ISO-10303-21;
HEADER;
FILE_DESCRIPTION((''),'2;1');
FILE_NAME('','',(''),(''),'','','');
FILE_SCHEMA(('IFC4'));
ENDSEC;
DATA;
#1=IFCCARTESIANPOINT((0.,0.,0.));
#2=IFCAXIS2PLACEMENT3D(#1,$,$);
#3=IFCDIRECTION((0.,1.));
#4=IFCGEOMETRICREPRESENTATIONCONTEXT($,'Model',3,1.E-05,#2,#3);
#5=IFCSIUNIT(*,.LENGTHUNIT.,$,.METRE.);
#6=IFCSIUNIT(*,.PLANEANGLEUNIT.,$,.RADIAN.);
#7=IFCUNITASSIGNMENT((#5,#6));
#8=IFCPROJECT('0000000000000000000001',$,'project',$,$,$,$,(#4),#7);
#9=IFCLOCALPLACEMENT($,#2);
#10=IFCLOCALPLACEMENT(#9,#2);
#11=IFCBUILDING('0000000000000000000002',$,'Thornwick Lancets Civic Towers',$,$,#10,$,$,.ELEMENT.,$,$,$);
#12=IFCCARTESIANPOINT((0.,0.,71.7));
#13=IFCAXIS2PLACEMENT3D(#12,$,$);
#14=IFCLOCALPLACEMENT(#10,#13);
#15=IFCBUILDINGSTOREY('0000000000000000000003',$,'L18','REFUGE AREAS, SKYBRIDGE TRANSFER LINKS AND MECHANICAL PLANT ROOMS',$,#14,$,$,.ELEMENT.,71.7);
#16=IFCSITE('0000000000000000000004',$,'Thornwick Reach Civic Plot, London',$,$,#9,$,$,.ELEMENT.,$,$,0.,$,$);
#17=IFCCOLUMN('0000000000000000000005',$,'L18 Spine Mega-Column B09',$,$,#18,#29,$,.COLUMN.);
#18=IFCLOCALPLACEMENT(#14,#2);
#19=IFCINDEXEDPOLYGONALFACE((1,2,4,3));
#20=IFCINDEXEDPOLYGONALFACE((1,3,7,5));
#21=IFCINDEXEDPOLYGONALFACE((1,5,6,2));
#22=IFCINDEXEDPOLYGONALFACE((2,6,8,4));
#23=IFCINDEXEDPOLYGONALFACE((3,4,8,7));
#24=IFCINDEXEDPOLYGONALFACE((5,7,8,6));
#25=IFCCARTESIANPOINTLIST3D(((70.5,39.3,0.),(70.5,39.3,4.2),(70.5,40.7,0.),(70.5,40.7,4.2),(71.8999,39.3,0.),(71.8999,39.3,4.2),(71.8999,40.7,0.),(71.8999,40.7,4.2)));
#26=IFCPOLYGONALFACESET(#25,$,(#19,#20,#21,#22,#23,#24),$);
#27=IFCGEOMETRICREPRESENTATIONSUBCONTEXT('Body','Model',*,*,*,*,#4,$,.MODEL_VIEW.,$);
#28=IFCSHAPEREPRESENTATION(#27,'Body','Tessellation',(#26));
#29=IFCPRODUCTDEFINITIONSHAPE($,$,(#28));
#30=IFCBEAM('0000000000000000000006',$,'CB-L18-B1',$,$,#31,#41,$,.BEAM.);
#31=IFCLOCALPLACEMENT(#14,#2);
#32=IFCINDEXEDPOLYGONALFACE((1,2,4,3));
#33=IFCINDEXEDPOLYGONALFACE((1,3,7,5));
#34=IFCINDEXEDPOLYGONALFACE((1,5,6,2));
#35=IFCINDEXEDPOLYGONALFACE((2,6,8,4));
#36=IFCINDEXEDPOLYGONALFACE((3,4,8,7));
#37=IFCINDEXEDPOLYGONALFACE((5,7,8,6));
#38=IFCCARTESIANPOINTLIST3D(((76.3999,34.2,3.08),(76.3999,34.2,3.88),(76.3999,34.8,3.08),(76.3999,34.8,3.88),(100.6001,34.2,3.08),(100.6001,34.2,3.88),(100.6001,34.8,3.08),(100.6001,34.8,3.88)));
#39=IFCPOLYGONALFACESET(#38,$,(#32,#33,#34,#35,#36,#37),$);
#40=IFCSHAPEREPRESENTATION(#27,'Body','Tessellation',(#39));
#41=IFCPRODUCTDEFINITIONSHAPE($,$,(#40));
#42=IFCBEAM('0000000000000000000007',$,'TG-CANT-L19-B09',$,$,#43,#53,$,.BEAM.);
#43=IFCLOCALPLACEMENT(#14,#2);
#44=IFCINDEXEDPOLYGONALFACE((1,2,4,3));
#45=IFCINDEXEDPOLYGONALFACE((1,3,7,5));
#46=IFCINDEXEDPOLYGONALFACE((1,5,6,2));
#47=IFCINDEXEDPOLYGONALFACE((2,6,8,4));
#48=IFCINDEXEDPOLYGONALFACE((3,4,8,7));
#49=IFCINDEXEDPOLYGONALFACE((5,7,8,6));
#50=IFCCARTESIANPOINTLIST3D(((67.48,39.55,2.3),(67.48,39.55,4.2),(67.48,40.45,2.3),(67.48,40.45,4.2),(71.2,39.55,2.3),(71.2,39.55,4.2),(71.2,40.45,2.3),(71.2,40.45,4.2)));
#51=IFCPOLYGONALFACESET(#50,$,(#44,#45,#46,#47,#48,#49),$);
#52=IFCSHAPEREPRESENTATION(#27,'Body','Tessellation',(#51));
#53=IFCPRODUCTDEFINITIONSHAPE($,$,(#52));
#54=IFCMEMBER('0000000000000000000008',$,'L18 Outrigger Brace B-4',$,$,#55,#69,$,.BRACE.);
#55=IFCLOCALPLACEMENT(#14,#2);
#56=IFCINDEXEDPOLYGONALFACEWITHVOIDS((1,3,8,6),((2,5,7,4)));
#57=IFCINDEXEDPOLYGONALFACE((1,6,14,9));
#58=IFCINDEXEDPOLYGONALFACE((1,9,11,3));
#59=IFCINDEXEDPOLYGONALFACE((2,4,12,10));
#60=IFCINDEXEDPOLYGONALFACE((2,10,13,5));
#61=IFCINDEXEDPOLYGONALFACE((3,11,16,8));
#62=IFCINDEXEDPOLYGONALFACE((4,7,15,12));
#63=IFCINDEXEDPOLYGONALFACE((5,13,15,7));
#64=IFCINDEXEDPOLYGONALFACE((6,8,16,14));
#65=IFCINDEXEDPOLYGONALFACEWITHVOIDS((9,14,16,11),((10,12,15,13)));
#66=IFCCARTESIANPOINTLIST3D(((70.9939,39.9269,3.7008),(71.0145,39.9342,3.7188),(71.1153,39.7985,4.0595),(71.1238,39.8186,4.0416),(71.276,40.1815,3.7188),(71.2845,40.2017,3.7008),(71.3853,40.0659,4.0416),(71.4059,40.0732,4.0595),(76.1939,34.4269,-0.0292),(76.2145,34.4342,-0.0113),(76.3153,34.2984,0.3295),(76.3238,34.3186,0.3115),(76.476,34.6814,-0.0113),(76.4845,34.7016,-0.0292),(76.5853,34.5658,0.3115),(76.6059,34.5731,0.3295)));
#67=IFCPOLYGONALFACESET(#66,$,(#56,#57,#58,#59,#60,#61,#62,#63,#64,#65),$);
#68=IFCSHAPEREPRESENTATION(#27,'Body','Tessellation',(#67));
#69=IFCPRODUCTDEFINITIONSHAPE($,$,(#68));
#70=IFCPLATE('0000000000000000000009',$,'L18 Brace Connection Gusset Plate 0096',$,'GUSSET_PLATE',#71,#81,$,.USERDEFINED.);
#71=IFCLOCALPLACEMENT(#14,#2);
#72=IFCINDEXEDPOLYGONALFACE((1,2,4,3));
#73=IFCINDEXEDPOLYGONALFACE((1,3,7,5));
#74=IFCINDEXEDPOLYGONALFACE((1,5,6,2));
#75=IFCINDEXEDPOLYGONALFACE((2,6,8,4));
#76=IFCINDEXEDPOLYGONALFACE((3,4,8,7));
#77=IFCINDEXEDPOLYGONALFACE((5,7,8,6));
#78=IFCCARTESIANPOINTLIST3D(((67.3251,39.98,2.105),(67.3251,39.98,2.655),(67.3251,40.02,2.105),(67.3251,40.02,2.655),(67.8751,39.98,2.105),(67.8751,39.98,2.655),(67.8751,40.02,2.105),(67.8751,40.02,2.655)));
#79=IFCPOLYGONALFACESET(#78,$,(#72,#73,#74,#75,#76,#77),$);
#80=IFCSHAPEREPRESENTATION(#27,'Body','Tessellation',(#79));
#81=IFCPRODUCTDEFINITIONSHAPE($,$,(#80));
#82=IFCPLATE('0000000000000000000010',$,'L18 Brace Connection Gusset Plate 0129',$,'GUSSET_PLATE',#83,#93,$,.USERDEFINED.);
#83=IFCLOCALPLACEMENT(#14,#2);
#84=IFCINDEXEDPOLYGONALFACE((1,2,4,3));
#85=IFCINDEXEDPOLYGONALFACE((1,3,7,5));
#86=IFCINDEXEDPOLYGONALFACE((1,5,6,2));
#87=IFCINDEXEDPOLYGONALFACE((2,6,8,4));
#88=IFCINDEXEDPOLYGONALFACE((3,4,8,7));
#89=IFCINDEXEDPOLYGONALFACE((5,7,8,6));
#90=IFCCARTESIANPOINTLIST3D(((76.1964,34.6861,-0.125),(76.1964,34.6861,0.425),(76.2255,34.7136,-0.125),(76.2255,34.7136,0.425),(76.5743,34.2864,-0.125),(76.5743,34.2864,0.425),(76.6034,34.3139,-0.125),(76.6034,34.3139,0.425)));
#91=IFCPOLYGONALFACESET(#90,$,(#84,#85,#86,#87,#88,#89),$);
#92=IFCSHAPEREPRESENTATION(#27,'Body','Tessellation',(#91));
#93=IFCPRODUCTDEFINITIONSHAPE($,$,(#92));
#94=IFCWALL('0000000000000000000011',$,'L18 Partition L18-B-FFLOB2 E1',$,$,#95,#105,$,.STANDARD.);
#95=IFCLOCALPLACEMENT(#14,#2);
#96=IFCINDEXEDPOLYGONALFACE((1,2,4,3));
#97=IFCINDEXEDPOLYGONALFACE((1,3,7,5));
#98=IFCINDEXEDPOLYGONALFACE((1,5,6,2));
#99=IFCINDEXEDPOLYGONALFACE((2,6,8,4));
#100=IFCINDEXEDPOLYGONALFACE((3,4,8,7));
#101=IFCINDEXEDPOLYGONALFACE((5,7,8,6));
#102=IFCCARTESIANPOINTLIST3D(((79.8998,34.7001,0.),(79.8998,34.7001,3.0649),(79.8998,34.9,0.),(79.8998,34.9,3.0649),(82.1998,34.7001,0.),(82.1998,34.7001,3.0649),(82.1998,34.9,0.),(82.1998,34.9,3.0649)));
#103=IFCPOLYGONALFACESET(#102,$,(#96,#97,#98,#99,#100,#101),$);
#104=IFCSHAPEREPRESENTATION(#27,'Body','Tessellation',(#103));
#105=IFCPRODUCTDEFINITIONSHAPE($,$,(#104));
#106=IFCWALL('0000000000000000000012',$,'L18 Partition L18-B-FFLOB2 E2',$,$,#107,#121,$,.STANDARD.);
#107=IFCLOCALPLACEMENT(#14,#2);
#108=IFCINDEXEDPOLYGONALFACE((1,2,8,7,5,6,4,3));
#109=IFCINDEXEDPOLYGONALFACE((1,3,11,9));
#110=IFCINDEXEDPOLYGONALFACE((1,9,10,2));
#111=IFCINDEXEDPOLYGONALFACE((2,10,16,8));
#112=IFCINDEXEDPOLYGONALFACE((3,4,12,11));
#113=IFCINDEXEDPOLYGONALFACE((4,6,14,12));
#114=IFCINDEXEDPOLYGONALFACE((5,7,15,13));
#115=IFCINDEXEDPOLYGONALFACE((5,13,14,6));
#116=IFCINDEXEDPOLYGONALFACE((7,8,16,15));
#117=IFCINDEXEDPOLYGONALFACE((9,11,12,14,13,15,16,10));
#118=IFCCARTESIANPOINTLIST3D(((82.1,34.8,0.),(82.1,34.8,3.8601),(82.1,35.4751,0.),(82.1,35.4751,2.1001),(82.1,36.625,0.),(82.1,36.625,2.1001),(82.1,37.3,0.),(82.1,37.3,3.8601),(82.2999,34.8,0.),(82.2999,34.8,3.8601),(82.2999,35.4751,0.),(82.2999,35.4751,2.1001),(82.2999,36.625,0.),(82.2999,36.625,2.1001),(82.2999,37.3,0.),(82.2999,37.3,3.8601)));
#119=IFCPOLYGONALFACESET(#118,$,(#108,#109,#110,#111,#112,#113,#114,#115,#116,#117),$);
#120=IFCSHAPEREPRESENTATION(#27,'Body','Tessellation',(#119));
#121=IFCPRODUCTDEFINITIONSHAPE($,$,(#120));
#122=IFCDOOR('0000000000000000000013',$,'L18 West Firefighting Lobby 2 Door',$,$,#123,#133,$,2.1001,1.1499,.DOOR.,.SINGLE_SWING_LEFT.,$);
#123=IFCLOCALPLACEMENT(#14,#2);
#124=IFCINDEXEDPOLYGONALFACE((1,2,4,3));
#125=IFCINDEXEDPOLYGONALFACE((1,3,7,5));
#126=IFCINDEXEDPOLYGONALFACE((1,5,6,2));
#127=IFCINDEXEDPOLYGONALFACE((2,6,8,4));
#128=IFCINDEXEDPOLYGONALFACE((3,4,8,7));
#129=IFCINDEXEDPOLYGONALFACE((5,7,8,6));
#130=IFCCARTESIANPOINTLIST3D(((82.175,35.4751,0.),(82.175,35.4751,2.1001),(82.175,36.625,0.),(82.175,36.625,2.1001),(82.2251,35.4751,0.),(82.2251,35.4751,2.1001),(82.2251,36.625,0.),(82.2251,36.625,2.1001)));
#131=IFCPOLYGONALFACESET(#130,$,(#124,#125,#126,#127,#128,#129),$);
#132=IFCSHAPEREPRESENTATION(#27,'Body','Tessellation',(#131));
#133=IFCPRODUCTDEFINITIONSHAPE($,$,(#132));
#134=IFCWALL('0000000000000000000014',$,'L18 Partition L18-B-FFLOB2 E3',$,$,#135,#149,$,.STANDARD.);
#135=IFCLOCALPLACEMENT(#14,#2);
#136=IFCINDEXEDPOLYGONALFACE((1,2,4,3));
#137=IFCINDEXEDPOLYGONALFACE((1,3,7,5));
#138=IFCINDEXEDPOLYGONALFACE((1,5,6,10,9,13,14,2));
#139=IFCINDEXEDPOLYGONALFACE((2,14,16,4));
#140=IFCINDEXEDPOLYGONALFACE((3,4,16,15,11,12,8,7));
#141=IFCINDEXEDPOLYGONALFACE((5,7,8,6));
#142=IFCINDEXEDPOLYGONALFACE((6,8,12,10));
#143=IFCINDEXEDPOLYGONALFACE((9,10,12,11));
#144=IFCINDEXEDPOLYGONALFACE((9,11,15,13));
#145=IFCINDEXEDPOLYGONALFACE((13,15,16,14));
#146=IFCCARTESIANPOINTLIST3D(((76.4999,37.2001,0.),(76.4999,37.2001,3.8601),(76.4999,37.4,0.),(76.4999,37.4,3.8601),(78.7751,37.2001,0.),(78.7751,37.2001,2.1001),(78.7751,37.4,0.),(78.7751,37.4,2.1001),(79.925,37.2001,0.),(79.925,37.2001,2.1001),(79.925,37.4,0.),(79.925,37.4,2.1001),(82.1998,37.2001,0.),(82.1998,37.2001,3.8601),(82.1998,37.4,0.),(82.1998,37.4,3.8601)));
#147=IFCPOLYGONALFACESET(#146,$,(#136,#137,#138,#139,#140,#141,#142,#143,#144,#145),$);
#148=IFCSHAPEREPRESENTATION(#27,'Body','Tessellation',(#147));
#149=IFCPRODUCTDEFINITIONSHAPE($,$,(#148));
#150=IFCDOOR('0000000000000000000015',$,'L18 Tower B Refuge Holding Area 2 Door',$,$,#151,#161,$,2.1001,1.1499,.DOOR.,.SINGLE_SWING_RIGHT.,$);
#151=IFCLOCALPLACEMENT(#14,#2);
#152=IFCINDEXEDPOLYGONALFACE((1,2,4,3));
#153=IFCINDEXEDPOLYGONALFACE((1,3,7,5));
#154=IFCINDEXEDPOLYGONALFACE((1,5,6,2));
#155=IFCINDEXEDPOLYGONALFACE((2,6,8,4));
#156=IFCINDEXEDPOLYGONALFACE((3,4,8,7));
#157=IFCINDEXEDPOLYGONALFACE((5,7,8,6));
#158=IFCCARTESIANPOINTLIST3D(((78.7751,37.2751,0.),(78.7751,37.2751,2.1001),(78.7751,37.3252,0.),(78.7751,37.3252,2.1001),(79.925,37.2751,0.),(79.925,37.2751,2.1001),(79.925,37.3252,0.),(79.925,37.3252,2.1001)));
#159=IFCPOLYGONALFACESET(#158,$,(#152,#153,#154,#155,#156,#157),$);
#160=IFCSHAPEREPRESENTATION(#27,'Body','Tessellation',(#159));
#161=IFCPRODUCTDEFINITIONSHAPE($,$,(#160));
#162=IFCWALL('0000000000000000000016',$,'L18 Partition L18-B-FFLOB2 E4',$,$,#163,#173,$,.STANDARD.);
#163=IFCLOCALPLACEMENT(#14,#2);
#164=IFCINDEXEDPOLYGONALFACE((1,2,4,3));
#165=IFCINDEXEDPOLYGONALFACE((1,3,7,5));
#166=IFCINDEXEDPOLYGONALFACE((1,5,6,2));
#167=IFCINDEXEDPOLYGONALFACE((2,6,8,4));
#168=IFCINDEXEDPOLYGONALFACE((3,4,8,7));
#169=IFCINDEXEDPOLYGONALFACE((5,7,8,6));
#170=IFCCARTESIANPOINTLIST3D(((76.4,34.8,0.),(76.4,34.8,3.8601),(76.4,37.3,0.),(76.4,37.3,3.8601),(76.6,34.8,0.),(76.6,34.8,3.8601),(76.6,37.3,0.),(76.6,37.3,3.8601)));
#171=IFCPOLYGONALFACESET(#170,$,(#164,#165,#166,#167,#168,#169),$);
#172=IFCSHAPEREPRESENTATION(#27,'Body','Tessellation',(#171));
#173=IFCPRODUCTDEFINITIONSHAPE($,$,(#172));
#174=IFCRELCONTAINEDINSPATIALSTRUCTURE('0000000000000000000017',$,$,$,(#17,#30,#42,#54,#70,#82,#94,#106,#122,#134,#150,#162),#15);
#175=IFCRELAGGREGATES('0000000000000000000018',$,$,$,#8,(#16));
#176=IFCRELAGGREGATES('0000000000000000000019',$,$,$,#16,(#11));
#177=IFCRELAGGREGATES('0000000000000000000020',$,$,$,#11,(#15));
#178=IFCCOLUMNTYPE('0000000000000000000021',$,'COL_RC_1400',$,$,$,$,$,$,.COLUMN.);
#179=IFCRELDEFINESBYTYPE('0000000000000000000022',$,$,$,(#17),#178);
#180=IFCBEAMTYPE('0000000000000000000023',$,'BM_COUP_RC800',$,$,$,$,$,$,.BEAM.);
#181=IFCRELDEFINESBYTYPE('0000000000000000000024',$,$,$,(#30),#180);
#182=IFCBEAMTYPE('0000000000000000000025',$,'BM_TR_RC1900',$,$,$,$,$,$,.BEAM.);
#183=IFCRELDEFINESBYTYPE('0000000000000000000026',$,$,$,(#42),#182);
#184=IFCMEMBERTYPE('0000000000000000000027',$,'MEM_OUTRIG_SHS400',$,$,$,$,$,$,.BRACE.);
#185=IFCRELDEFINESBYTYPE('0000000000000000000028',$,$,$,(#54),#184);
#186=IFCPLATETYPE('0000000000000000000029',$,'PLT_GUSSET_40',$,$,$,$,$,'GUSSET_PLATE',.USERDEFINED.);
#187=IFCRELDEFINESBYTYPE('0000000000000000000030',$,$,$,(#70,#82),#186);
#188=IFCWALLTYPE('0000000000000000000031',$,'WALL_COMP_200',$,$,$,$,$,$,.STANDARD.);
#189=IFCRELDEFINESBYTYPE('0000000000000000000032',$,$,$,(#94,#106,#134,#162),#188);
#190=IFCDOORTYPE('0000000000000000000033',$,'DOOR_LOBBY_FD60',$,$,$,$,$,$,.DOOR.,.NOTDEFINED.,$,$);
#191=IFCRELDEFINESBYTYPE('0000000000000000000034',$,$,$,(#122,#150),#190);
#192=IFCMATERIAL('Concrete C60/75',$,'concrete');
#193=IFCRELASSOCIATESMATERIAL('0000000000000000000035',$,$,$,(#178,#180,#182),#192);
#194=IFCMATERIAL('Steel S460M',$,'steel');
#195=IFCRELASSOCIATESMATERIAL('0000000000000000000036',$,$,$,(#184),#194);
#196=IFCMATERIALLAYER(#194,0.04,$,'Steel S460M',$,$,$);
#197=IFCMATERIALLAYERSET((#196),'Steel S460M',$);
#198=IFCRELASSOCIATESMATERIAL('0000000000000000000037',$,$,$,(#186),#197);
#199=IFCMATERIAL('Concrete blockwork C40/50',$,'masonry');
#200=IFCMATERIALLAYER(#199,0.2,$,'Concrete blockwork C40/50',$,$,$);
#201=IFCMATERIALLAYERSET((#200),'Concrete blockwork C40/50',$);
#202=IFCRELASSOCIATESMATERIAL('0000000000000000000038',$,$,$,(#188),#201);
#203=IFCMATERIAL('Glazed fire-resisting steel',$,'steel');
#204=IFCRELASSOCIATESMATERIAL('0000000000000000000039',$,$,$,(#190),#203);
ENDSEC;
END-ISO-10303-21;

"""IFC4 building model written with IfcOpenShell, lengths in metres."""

from ifc_helpers import new_model, si_unit, direction, frame, frame_2d, origin, origin_2d, place, context, subcontext, project, spatial, rectangle, hollow_rectangle, extrude, material, layer, layer_set, material_profile, profile_set, type_object, element, fill, save


model = new_model("IFC4")

# Units and contexts
model_context = context("Model", 3, precision=1e-05, world=origin(), true_north=direction((0.0, 1.0)))
body_context = subcontext(model_context, "Body", "Model", "MODEL_VIEW")
ifc_project = project(units=[si_unit("LENGTHUNIT", "METRE"), si_unit("PLANEANGLEUNIT", "RADIAN")], contexts=[model_context])

# Site, building, storey
site_placement = place(None, origin())
site = spatial("IfcSite", under=ifc_project, at=site_placement, Name="Thornwick Reach Civic Plot, London", CompositionType="ELEMENT", RefElevation=0.0)
building_placement = place(site_placement, origin())
building = spatial("IfcBuilding", under=site, at=building_placement, Name="Thornwick Lancets Civic Towers", CompositionType="ELEMENT")
storey_placement = place(building_placement, frame((0.0, 0.0, 71.7)))
storey = spatial("IfcBuildingStorey", under=building, at=storey_placement, Name="L18", Description="REFUGE AREAS, SKYBRIDGE TRANSFER LINKS AND MECHANICAL PLANT ROOMS", CompositionType="ELEMENT", Elevation=71.7)

# Column
ifc_material_1 = material(Name="Concrete C60/75", Category="concrete")
ifc_material_profile_1 = material_profile(ifc_material_1, rectangle(XDim=1.3999, YDim=1.3999, at=origin_2d()), Name="RC 1400x1400")
ifc_profile_set_1 = profile_set([ifc_material_profile_1], Name="Concrete C60/75")
column_type = type_object("IfcColumnType", Name="COL_RC_1400", PredefinedType="COLUMN", material=ifc_profile_set_1)
column_placement = place(storey_placement, frame((71.2, 40.0, 0.0), z_axis=(0.0, 0.0, 1.0), x_axis=(1.0, 0.0, 0.0)))
element("IfcColumn", 1, at=column_placement, inside=storey, type_object=column_type, Name="L18 Spine Mega-Column B09", PredefinedType="COLUMN", context=body_context, shape_type="SweptSolid", body=[
    extrude(rectangle(XDim=1.3999, YDim=1.3999, at=origin_2d()), origin(), (0.0, 0.0, 1.0), 4.2),
])

# Beams
ifc_material_profile_2 = material_profile(ifc_material_1, rectangle(XDim=0.6001, YDim=0.8, at=origin_2d()), Name="RC 600x800")
ifc_profile_set_2 = profile_set([ifc_material_profile_2], Name="Concrete C60/75")
beam_type_1 = type_object("IfcBeamType", Name="BM_COUP_RC800", PredefinedType="BEAM", material=ifc_profile_set_2)
beam_1_placement = place(storey_placement, frame((76.3999, 34.5, 3.48), z_axis=(1.0, 0.0, 0.0), x_axis=(0.0, 1.0, 0.0)))
element("IfcBeam", 2, at=beam_1_placement, inside=storey, type_object=beam_type_1, Name="CB-L18-B1", PredefinedType="BEAM", context=body_context, shape_type="SweptSolid", body=[
    extrude(rectangle(XDim=0.6001, YDim=0.8, at=origin_2d()), origin(), (0.0, 0.0, 1.0), 24.2002),
])
ifc_material_profile_3 = material_profile(ifc_material_1, rectangle(XDim=0.8999, YDim=1.8999, at=origin_2d()), Name="RC 900x1900")
ifc_profile_set_3 = profile_set([ifc_material_profile_3], Name="Concrete C60/75")
beam_type_2 = type_object("IfcBeamType", Name="BM_TR_RC1900", PredefinedType="BEAM", material=ifc_profile_set_3)
beam_2_placement = place(storey_placement, frame((71.2, 40.0, 3.25), z_axis=(-1.0, 0.0, 0.0), x_axis=(0.0, -1.0, 0.0)))
element("IfcBeam", 3, at=beam_2_placement, inside=storey, type_object=beam_type_2, Name="TG-CANT-L19-B09", PredefinedType="BEAM", context=body_context, shape_type="SweptSolid", body=[
    extrude(rectangle(XDim=0.8999, YDim=1.8999, at=origin_2d()), origin(), (0.0, 0.0, 1.0), 3.72),
])

# Member
ifc_material_2 = material(Name="Steel S460M", Category="steel")
ifc_material_profile_4 = material_profile(ifc_material_2, hollow_rectangle(XDim=0.3999, YDim=0.3999, WallThickness=0.02, at=origin_2d()), Name="SHS 400x400x20")
ifc_profile_set_4 = profile_set([ifc_material_profile_4], Name="Steel S460M")
member_type = type_object("IfcMemberType", Name="MEM_OUTRIG_SHS400", PredefinedType="BRACE", material=ifc_profile_set_4)
member_placement = place(storey_placement, frame((76.3999, 34.5, 0.1501), z_axis=(-0.616244, 0.651802, 0.442038), x_axis=(-0.72665, -0.687008, 0.0)))
element("IfcMember", 4, at=member_placement, inside=storey, type_object=member_type, Name="L18 Outrigger Brace B-4", PredefinedType="BRACE", context=body_context, shape_type="SweptSolid", body=[
    extrude(hollow_rectangle(XDim=0.3999, YDim=0.3999, WallThickness=0.02, at=origin_2d()), origin(), (0.0, 0.0, 1.0), 8.4382),
])

# Plates
ifc_layer_1 = layer(ifc_material_2, 0.04, Name="Steel S460M")
ifc_layer_set_1 = layer_set([ifc_layer_1], Name="Steel S460M")
plate_type = type_object("IfcPlateType", Name="PLT_GUSSET_40", ElementType="GUSSET_PLATE", PredefinedType="USERDEFINED", material=ifc_layer_set_1)
for number, where, z_axis, x_axis, name in (
    (5, (67.6001, 40.0, 2.105), (0.0, 0.0, 1.0), (-1.0, 0.0, 0.0), "L18 Brace Connection Gusset Plate 0096"),
    (6, (76.3999, 34.5, -0.125), (0.0, 0.0, 1.0), (-0.686961, 0.726695, 0.0), "L18 Brace Connection Gusset Plate 0129"),
):
    element("IfcPlate", number, at=place(storey_placement, frame(where, z_axis=z_axis, x_axis=x_axis)), inside=storey, type_object=plate_type, Name=name, ObjectType="GUSSET_PLATE", PredefinedType="USERDEFINED", context=body_context, shape_type="SweptSolid", body=[
        extrude(rectangle(XDim=0.55, YDim=0.04, at=origin_2d()), origin(), (0.0, 0.0, 1.0), 0.55),
    ])

# Wall
ifc_material_3 = material(Name="Concrete blockwork C40/50", Category="masonry")
ifc_layer_2 = layer(ifc_material_3, 0.2, Name="Concrete blockwork C40/50")
ifc_layer_set_2 = layer_set([ifc_layer_2], Name="Concrete blockwork C40/50")
wall_type_1 = type_object("IfcWallType", Name="WALL_COMP_200", PredefinedType="STANDARD", material=ifc_layer_set_2)
wall_1_placement = place(storey_placement, frame((79.8999, 34.8, 0.0), z_axis=(0.0, 0.0, 1.0), x_axis=(1.0, 0.0, 0.0)))
element("IfcWall", 7, at=wall_1_placement, inside=storey, type_object=wall_type_1, Name="L18 Partition L18-B-FFLOB2 E1", PredefinedType="STANDARD", context=body_context, shape_type="SweptSolid", body=[
    extrude(rectangle(XDim=2.3, YDim=0.2, at=frame_2d((1.1499, 0.0))), origin(), (0.0, 0.0, 1.0), 3.0649),
])

# Walls, openings, doors
wall_2_placement = place(storey_placement, frame((82.2, 34.8, 0.0), z_axis=(0.0, 0.0, 1.0), x_axis=(0.0, 1.0, 0.0)))
wall_2 = element("IfcWall", 8, at=wall_2_placement, inside=storey, type_object=wall_type_1, Name="L18 Partition L18-B-FFLOB2 E2", PredefinedType="STANDARD", context=body_context, shape_type="SweptSolid", body=[
    extrude(rectangle(XDim=2.5, YDim=0.2, at=frame_2d((1.25, 0.0))), origin(), (0.0, 0.0, 1.0), 3.8601),
])
opening_1_placement = place(wall_2_placement, frame((0.675, 0.0, 0.0)))
opening_1 = element("IfcOpeningElement", 9, at=opening_1_placement, cuts=wall_2, PredefinedType="OPENING", context=body_context, shape_type="SweptSolid", body=[
    extrude(rectangle(XDim=1.1499, YDim=2.1001, at=frame_2d((0.575, 1.05))), frame((0.0, 0.1099, 0.0), z_axis=(0.0, -1.0, 0.0), x_axis=(1.0, 0.0, 0.0)), (0.0, 0.0, 1.0), 0.22),
])
ifc_material_4 = material(Name="Glazed fire-resisting steel", Category="steel")
door_type_1 = type_object("IfcDoorType", Name="DOOR_LOBBY_FD60", OperationType="NOTDEFINED", PredefinedType="DOOR", material=ifc_material_4)
door_1_placement = place(opening_1_placement, origin())
door_1 = element("IfcDoor", 10, at=door_1_placement, inside=storey, type_object=door_type_1, Name="L18 West Firefighting Lobby 2 Door", OperationType="SINGLE_SWING_LEFT", OverallHeight=2.1001, OverallWidth=1.1499, PredefinedType="DOOR", context=body_context, shape_type="SweptSolid", body=[
    extrude(rectangle(XDim=1.1499, YDim=2.1001, at=frame_2d((0.575, 1.05))), frame((0.0, 0.0249, 0.0), z_axis=(0.0, -1.0, 0.0), x_axis=(1.0, 0.0, 0.0)), (0.0, 0.0, 1.0), 0.05),
])
fill(opening_1, door_1)
wall_3_placement = place(storey_placement, frame((82.2, 37.3, 0.0), z_axis=(0.0, 0.0, 1.0), x_axis=(-1.0, 0.0, 0.0)))
wall_3 = element("IfcWall", 11, at=wall_3_placement, inside=storey, type_object=wall_type_1, Name="L18 Partition L18-B-FFLOB2 E3", PredefinedType="STANDARD", context=body_context, shape_type="SweptSolid", body=[
    extrude(rectangle(XDim=5.7, YDim=0.2, at=frame_2d((2.8501, 0.0))), origin(), (0.0, 0.0, 1.0), 3.8601),
])
opening_2_placement = place(wall_3_placement, frame((2.2749, 0.0, 0.0)))
opening_2 = element("IfcOpeningElement", 12, at=opening_2_placement, cuts=wall_3, PredefinedType="OPENING", context=body_context, shape_type="SweptSolid", body=[
    extrude(rectangle(XDim=1.1499, YDim=2.1001, at=frame_2d((0.575, 1.05))), frame((0.0, 0.1099, 0.0), z_axis=(0.0, -1.0, 0.0), x_axis=(1.0, 0.0, 0.0)), (0.0, 0.0, 1.0), 0.22),
])
door_2_placement = place(opening_2_placement, origin())
door_2 = element("IfcDoor", 13, at=door_2_placement, inside=storey, type_object=door_type_1, Name="L18 Tower B Refuge Holding Area 2 Door", OperationType="SINGLE_SWING_RIGHT", OverallHeight=2.1001, OverallWidth=1.1499, PredefinedType="DOOR", context=body_context, shape_type="SweptSolid", body=[
    extrude(rectangle(XDim=1.1499, YDim=2.1001, at=frame_2d((0.575, 1.05))), frame((0.0, 0.0249, 0.0), z_axis=(0.0, -1.0, 0.0), x_axis=(1.0, 0.0, 0.0)), (0.0, 0.0, 1.0), 0.05),
])
fill(opening_2, door_2)

# Wall
wall_4_placement = place(storey_placement, frame((76.5, 37.3, 0.0), z_axis=(0.0, 0.0, 1.0), x_axis=(0.0, -1.0, 0.0)))
element("IfcWall", 14, at=wall_4_placement, inside=storey, type_object=wall_type_1, Name="L18 Partition L18-B-FFLOB2 E4", PredefinedType="STANDARD", context=body_context, shape_type="SweptSolid", body=[
    extrude(rectangle(XDim=2.5, YDim=0.2, at=frame_2d((1.25, 0.0))), origin(), (0.0, 0.0, 1.0), 3.8601),
])

save(model, "model.ifc")
